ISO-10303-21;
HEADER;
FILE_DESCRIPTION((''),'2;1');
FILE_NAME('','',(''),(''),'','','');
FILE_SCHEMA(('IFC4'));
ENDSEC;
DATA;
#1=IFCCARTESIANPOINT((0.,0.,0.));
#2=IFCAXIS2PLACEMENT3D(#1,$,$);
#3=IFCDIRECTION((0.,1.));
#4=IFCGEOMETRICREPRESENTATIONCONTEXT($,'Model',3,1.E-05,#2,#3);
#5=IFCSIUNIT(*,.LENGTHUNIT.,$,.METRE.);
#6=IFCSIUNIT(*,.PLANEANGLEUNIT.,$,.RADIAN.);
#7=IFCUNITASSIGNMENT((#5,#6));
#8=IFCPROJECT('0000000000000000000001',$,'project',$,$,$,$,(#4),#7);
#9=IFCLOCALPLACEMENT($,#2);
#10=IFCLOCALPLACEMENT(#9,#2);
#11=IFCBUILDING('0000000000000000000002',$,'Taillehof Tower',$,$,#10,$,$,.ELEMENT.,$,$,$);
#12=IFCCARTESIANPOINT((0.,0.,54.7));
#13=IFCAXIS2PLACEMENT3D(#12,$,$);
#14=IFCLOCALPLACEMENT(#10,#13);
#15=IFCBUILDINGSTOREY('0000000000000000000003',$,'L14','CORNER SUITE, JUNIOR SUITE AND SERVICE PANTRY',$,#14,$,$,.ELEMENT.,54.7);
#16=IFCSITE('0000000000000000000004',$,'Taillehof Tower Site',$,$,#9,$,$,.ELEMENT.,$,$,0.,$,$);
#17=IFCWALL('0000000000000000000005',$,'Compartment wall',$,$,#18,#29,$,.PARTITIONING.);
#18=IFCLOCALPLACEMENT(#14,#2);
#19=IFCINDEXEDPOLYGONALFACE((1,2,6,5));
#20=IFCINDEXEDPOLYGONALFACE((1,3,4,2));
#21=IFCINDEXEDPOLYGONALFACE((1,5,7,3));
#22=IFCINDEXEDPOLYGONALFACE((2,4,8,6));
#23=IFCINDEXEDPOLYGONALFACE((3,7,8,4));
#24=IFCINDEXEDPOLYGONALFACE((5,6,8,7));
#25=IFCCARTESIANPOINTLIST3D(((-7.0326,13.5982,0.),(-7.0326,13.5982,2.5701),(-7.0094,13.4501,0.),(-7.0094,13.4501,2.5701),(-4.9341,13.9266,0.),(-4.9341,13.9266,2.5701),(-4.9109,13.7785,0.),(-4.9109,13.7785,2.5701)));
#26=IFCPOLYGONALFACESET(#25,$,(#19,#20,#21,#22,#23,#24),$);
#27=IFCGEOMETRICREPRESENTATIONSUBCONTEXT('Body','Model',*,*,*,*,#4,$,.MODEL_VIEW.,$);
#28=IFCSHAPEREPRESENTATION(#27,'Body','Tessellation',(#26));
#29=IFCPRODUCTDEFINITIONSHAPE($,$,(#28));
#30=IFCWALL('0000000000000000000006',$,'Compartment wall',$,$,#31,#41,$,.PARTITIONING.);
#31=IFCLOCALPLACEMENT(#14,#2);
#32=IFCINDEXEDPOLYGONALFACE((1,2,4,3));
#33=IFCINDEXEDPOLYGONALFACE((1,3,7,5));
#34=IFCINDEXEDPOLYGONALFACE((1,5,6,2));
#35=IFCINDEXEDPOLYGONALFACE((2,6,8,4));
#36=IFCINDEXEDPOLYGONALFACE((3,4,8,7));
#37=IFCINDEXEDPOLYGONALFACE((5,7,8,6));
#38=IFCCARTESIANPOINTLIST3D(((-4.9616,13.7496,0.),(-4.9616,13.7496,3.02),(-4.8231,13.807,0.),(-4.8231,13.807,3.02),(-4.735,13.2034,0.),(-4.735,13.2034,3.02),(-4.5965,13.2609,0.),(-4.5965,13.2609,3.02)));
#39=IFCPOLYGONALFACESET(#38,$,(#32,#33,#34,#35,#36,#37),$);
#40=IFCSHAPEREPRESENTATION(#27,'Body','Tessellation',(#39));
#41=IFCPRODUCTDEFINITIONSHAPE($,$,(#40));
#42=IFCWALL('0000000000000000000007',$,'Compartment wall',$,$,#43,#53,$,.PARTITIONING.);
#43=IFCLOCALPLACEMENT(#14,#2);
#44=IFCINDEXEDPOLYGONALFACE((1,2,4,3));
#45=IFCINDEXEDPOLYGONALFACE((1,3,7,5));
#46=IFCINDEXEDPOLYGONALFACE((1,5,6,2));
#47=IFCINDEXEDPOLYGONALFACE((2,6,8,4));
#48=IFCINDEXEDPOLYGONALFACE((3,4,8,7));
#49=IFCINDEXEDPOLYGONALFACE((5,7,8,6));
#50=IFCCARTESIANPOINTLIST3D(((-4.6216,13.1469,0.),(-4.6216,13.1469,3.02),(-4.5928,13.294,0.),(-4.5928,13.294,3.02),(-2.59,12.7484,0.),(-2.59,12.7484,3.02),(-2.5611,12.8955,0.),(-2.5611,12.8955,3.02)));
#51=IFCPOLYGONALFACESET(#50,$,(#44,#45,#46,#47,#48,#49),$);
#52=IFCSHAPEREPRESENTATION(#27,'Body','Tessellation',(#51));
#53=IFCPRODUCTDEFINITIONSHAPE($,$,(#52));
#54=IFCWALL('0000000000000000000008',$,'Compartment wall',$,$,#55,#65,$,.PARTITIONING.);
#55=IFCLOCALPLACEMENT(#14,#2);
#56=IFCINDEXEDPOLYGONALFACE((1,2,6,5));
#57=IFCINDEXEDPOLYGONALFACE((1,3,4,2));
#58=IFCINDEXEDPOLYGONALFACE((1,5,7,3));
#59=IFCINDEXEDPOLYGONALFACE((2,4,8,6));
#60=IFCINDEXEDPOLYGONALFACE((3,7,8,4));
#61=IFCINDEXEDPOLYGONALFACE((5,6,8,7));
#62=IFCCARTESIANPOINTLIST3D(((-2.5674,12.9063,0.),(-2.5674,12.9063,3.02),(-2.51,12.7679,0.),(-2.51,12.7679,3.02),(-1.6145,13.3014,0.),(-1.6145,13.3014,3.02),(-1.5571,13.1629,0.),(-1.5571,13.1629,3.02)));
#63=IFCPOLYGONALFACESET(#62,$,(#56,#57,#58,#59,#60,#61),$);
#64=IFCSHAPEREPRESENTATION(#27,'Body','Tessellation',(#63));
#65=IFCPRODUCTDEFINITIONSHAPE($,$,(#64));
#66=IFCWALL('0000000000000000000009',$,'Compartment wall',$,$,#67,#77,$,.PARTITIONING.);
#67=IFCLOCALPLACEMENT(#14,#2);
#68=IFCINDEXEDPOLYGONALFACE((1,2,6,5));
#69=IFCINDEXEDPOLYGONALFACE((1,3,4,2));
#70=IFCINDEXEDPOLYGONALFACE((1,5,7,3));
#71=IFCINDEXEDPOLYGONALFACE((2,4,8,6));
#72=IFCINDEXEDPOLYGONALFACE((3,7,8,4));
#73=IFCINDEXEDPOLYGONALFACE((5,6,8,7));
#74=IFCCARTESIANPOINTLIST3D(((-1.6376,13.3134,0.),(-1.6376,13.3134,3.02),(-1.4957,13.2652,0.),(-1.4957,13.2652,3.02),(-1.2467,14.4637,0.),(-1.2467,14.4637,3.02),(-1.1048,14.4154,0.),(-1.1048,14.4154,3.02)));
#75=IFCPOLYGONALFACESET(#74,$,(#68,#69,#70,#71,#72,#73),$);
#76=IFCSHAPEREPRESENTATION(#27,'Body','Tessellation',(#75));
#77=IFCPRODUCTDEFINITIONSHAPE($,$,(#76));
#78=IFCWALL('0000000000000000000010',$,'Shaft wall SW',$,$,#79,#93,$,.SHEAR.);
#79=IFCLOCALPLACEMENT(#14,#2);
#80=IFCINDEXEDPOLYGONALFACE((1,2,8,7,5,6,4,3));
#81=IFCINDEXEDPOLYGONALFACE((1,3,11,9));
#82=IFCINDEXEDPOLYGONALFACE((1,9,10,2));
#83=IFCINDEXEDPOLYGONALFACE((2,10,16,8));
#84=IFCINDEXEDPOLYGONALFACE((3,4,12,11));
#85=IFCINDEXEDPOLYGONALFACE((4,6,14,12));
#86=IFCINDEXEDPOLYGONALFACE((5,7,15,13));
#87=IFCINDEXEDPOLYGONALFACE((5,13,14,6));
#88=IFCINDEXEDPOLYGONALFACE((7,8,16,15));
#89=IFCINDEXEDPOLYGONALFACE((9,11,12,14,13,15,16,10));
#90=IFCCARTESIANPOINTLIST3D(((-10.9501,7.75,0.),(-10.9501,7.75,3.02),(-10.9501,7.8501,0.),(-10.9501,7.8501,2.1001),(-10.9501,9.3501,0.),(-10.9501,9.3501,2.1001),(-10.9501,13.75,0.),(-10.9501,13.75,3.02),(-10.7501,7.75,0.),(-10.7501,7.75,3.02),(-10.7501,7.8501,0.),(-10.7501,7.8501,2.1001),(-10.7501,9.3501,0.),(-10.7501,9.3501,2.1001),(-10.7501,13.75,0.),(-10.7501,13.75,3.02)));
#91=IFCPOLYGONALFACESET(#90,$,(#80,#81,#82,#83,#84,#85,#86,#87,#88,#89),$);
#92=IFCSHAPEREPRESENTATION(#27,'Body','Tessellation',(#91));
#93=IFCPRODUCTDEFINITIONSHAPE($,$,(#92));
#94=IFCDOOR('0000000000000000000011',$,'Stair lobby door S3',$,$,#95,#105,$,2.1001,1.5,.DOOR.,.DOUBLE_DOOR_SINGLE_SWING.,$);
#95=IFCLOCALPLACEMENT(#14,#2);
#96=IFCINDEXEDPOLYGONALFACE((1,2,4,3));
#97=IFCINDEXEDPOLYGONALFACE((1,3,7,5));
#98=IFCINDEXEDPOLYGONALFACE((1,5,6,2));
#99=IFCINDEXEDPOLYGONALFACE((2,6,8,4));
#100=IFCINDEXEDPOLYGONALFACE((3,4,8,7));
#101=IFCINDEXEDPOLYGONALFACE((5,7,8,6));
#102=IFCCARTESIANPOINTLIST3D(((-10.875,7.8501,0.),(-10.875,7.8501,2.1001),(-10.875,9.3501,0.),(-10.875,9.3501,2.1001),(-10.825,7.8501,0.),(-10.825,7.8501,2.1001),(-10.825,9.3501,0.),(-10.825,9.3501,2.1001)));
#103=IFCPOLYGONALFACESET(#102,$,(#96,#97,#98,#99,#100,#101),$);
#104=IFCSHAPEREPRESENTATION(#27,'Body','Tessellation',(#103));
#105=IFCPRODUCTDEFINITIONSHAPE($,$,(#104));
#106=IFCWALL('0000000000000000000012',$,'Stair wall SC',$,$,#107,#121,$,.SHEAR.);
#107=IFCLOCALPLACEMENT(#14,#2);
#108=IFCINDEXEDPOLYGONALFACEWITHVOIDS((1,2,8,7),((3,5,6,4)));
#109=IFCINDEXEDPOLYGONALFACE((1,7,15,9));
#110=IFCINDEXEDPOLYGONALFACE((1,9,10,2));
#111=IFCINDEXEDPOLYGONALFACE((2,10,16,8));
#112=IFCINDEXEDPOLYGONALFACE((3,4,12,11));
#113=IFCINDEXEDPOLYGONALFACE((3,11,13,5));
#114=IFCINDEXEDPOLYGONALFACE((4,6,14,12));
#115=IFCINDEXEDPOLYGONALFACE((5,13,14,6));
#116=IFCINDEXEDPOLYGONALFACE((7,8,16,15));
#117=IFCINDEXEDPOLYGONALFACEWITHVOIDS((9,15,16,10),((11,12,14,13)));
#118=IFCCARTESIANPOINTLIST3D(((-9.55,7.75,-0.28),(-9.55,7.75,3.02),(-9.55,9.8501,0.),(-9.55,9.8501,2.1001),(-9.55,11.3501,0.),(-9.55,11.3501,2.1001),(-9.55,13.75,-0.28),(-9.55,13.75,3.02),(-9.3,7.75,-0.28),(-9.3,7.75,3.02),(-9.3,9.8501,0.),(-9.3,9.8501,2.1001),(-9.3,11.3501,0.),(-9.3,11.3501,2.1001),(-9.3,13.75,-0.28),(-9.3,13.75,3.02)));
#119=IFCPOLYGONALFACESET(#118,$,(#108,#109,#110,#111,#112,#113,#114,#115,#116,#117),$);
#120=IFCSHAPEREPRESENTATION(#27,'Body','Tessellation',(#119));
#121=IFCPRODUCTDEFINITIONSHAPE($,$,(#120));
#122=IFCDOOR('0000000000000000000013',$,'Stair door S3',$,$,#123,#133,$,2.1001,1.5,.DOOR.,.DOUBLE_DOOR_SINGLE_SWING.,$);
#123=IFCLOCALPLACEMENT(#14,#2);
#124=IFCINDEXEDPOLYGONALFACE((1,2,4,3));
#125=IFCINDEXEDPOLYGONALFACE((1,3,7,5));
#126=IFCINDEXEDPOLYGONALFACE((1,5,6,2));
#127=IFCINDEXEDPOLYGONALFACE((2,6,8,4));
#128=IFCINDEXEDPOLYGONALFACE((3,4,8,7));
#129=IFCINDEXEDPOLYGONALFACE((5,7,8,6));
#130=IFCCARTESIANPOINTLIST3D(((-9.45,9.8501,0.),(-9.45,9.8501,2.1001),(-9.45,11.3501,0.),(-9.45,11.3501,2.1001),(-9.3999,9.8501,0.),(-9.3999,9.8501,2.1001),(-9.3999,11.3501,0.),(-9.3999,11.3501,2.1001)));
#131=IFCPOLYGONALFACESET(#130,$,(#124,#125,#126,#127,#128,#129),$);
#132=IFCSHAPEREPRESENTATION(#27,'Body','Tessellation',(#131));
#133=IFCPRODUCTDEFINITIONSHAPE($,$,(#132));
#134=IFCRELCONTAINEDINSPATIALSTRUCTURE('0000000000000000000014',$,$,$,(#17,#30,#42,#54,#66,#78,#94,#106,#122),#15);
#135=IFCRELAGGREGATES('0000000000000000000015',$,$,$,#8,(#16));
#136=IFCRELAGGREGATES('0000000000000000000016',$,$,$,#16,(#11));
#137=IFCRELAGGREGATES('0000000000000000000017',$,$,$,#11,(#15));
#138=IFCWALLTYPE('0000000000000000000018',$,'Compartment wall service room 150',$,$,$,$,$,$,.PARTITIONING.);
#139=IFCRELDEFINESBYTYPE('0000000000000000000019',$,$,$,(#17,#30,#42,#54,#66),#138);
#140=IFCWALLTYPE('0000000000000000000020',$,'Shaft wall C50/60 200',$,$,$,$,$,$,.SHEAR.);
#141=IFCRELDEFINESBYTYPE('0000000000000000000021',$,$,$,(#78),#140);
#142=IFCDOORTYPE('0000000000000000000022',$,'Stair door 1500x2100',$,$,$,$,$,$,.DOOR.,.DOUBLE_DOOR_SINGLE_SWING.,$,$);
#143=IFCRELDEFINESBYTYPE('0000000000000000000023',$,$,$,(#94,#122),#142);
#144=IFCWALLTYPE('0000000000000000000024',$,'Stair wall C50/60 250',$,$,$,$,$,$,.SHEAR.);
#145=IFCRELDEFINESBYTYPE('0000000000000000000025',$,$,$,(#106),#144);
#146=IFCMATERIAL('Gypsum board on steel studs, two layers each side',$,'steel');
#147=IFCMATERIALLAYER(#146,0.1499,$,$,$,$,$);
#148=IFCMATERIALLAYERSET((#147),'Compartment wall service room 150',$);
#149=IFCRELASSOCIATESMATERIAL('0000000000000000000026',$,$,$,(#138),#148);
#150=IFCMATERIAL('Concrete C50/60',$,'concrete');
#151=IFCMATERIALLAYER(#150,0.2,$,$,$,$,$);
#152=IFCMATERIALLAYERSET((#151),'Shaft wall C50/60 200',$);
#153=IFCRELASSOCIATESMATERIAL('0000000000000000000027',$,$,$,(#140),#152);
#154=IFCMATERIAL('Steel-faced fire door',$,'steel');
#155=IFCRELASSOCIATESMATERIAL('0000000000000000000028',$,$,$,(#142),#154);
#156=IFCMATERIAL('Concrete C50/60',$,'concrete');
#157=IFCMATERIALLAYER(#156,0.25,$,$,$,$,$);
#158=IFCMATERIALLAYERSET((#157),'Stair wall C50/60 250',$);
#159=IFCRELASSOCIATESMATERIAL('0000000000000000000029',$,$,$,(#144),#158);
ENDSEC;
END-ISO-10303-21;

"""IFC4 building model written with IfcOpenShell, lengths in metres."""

from ifc_helpers import new_model, si_unit, direction, frame, frame_2d, origin, place, context, subcontext, project, spatial, rectangle, extrude, material, layer, layer_set, type_object, element, fill, save


model = new_model("IFC4")

# Units and contexts
model_context = context("Model", 3, precision=1e-05, world=origin(), true_north=direction((0.0, 1.0)))
body_context = subcontext(model_context, "Body", "Model", "MODEL_VIEW")
ifc_project = project(units=[si_unit("LENGTHUNIT", "METRE"), si_unit("PLANEANGLEUNIT", "RADIAN")], contexts=[model_context])

# Site, building, storey
site_placement = place(None, origin())
site = spatial("IfcSite", under=ifc_project, at=site_placement, Name="Taillehof Tower Site", CompositionType="ELEMENT", RefElevation=0.0)
building_placement = place(site_placement, origin())
building = spatial("IfcBuilding", under=site, at=building_placement, Name="Taillehof Tower", CompositionType="ELEMENT")
storey_placement = place(building_placement, frame((0.0, 0.0, 54.7)))
storey = spatial("IfcBuildingStorey", under=building, at=storey_placement, Name="L14", Description="CORNER SUITE, JUNIOR SUITE AND SERVICE PANTRY", CompositionType="ELEMENT", Elevation=54.7)

# Shared definitions
ifc_material_1 = material(Name="Gypsum board on steel studs, two layers each side", Category="steel")
ifc_layer_1 = layer(ifc_material_1, 0.1499)
ifc_layer_set_1 = layer_set([ifc_layer_1], Name="Compartment wall service room 150")
wall_type_1 = type_object("IfcWallType", Name="Compartment wall service room 150", PredefinedType="PARTITIONING", material=ifc_layer_set_1)

# Walls
wall_1_placement = place(storey_placement, frame((-7.021, 13.5242, 0.0), z_axis=(0.0, 0.0, 1.0), x_axis=(0.987976, 0.154605, 0.0)))
element("IfcWall", 1, at=wall_1_placement, inside=storey, type_object=wall_type_1, Name="Compartment wall", PredefinedType="PARTITIONING", context=body_context, shape_type="SweptSolid", body=[
    extrude(rectangle(XDim=2.124, YDim=0.1499, at=frame_2d((1.062, 0.0))), origin(), (0.0, 0.0, 1.0), 2.5701),
])
wall_2_placement = place(storey_placement, frame((-4.8923, 13.7783, 0.0), z_axis=(0.0, 0.0, 1.0), x_axis=(0.383178, -0.923674, 0.0)))
element("IfcWall", 2, at=wall_2_placement, inside=storey, type_object=wall_type_1, Name="Compartment wall", PredefinedType="PARTITIONING", context=body_context, shape_type="SweptSolid", body=[
    extrude(rectangle(XDim=0.5913, YDim=0.1499, at=frame_2d((0.2957, 0.0))), origin(), (0.0, 0.0, 1.0), 3.02),
])
wall_3_placement = place(storey_placement, frame((-4.6072, 13.2205, 0.0), z_axis=(0.0, 0.0, 1.0), x_axis=(0.981304, -0.192463, 0.0)))
element("IfcWall", 3, at=wall_3_placement, inside=storey, type_object=wall_type_1, Name="Compartment wall", PredefinedType="PARTITIONING", context=body_context, shape_type="SweptSolid", body=[
    extrude(rectangle(XDim=2.0703, YDim=0.1499, at=frame_2d((1.0352, 0.0))), origin(), (0.0, 0.0, 1.0), 3.02),
])
wall_4_placement = place(storey_placement, frame((-2.5386, 12.8372, 0.0), z_axis=(0.0, 0.0, 1.0), x_axis=(0.923769, 0.382951, 0.0)))
element("IfcWall", 4, at=wall_4_placement, inside=storey, type_object=wall_type_1, Name="Compartment wall", PredefinedType="PARTITIONING", context=body_context, shape_type="SweptSolid", body=[
    extrude(rectangle(XDim=1.0315, YDim=0.1499, at=frame_2d((0.5156, 0.0))), origin(), (0.0, 0.0, 1.0), 3.02),
])
wall_5_placement = place(storey_placement, frame((-1.5667, 13.2893, 0.0), z_axis=(0.0, 0.0, 1.0), x_axis=(0.321769, 0.946818, 0.0)))
element("IfcWall", 5, at=wall_5_placement, inside=storey, type_object=wall_type_1, Name="Compartment wall", PredefinedType="PARTITIONING", context=body_context, shape_type="SweptSolid", body=[
    extrude(rectangle(XDim=1.2148, YDim=0.1499, at=frame_2d((0.6074, 0.0))), origin(), (0.0, 0.0, 1.0), 3.02),
])

# Walls, openings, doors
ifc_material_2 = material(Name="Concrete C50/60", Category="concrete")
ifc_layer_2 = layer(ifc_material_2, 0.2)
ifc_layer_set_2 = layer_set([ifc_layer_2], Name="Shaft wall C50/60 200")
wall_type_2 = type_object("IfcWallType", Name="Shaft wall C50/60 200", PredefinedType="SHEAR", material=ifc_layer_set_2)
wall_6_placement = place(storey_placement, frame((-10.8501, 7.75, 0.0), z_axis=(0.0, 0.0, 1.0), x_axis=(0.0, 1.0, 0.0)))
wall_6 = element("IfcWall", 6, at=wall_6_placement, inside=storey, type_object=wall_type_2, Name="Shaft wall SW", PredefinedType="SHEAR", context=body_context, shape_type="SweptSolid", body=[
    extrude(rectangle(XDim=6.0, YDim=0.2, at=frame_2d((3.0, 0.0))), origin(), (0.0, 0.0, 1.0), 3.02),
])
opening_1_placement = place(wall_6_placement, frame((0.1001, 0.0, 0.0)))
opening_1 = element("IfcOpeningElement", 7, at=opening_1_placement, cuts=wall_6, PredefinedType="OPENING", context=body_context, shape_type="SweptSolid", body=[
    extrude(rectangle(XDim=1.5, YDim=2.1001, at=frame_2d((0.75, 1.05))), frame((0.0, 0.1099, 0.0), z_axis=(0.0, -1.0, 0.0), x_axis=(1.0, 0.0, 0.0)), (0.0, 0.0, 1.0), 0.22),
])
ifc_material_3 = material(Name="Steel-faced fire door", Category="steel")
door_type_1 = type_object("IfcDoorType", Name="Stair door 1500x2100", OperationType="DOUBLE_DOOR_SINGLE_SWING", PredefinedType="DOOR", material=ifc_material_3)
door_1_placement = place(opening_1_placement, origin())
door_1 = element("IfcDoor", 8, at=door_1_placement, inside=storey, type_object=door_type_1, Name="Stair lobby door S3", OperationType="DOUBLE_DOOR_SINGLE_SWING", OverallHeight=2.1001, OverallWidth=1.5, PredefinedType="DOOR", context=body_context, shape_type="SweptSolid", body=[
    extrude(rectangle(XDim=1.5, YDim=2.1001, at=frame_2d((0.75, 1.05))), frame((0.0, 0.0249, 0.0), z_axis=(0.0, -1.0, 0.0), x_axis=(1.0, 0.0, 0.0)), (0.0, 0.0, 1.0), 0.05),
])
fill(opening_1, door_1)
ifc_material_4 = material(Name="Concrete C50/60", Category="concrete")
ifc_layer_3 = layer(ifc_material_4, 0.25)
ifc_layer_set_3 = layer_set([ifc_layer_3], Name="Stair wall C50/60 250")
wall_type_3 = type_object("IfcWallType", Name="Stair wall C50/60 250", PredefinedType="SHEAR", material=ifc_layer_set_3)
wall_7_placement = place(storey_placement, frame((-9.425, 7.75, -0.28), z_axis=(0.0, 0.0, 1.0), x_axis=(0.0, 1.0, 0.0)))
wall_7 = element("IfcWall", 9, at=wall_7_placement, inside=storey, type_object=wall_type_3, Name="Stair wall SC", PredefinedType="SHEAR", context=body_context, shape_type="SweptSolid", body=[
    extrude(rectangle(XDim=6.0, YDim=0.25, at=frame_2d((3.0, 0.0))), origin(), (0.0, 0.0, 1.0), 3.3),
])
opening_2_placement = place(wall_7_placement, frame((2.1001, 0.0, 0.28)))
opening_2 = element("IfcOpeningElement", 10, at=opening_2_placement, cuts=wall_7, PredefinedType="OPENING", context=body_context, shape_type="SweptSolid", body=[
    extrude(rectangle(XDim=1.5, YDim=2.1001, at=frame_2d((0.75, 1.05))), frame((0.0, 0.135, 0.0), z_axis=(0.0, -1.0, 0.0), x_axis=(1.0, 0.0, 0.0)), (0.0, 0.0, 1.0), 0.27),
])
door_2_placement = place(opening_2_placement, origin())
door_2 = element("IfcDoor", 11, at=door_2_placement, inside=storey, type_object=door_type_1, Name="Stair door S3", OperationType="DOUBLE_DOOR_SINGLE_SWING", OverallHeight=2.1001, OverallWidth=1.5, PredefinedType="DOOR", context=body_context, shape_type="SweptSolid", body=[
    extrude(rectangle(XDim=1.5, YDim=2.1001, at=frame_2d((0.75, 1.05))), frame((0.0, 0.0249, 0.0), z_axis=(0.0, -1.0, 0.0), x_axis=(1.0, 0.0, 0.0)), (0.0, 0.0, 1.0), 0.05),
])
fill(opening_2, door_2)

save(model, "model.ifc")
